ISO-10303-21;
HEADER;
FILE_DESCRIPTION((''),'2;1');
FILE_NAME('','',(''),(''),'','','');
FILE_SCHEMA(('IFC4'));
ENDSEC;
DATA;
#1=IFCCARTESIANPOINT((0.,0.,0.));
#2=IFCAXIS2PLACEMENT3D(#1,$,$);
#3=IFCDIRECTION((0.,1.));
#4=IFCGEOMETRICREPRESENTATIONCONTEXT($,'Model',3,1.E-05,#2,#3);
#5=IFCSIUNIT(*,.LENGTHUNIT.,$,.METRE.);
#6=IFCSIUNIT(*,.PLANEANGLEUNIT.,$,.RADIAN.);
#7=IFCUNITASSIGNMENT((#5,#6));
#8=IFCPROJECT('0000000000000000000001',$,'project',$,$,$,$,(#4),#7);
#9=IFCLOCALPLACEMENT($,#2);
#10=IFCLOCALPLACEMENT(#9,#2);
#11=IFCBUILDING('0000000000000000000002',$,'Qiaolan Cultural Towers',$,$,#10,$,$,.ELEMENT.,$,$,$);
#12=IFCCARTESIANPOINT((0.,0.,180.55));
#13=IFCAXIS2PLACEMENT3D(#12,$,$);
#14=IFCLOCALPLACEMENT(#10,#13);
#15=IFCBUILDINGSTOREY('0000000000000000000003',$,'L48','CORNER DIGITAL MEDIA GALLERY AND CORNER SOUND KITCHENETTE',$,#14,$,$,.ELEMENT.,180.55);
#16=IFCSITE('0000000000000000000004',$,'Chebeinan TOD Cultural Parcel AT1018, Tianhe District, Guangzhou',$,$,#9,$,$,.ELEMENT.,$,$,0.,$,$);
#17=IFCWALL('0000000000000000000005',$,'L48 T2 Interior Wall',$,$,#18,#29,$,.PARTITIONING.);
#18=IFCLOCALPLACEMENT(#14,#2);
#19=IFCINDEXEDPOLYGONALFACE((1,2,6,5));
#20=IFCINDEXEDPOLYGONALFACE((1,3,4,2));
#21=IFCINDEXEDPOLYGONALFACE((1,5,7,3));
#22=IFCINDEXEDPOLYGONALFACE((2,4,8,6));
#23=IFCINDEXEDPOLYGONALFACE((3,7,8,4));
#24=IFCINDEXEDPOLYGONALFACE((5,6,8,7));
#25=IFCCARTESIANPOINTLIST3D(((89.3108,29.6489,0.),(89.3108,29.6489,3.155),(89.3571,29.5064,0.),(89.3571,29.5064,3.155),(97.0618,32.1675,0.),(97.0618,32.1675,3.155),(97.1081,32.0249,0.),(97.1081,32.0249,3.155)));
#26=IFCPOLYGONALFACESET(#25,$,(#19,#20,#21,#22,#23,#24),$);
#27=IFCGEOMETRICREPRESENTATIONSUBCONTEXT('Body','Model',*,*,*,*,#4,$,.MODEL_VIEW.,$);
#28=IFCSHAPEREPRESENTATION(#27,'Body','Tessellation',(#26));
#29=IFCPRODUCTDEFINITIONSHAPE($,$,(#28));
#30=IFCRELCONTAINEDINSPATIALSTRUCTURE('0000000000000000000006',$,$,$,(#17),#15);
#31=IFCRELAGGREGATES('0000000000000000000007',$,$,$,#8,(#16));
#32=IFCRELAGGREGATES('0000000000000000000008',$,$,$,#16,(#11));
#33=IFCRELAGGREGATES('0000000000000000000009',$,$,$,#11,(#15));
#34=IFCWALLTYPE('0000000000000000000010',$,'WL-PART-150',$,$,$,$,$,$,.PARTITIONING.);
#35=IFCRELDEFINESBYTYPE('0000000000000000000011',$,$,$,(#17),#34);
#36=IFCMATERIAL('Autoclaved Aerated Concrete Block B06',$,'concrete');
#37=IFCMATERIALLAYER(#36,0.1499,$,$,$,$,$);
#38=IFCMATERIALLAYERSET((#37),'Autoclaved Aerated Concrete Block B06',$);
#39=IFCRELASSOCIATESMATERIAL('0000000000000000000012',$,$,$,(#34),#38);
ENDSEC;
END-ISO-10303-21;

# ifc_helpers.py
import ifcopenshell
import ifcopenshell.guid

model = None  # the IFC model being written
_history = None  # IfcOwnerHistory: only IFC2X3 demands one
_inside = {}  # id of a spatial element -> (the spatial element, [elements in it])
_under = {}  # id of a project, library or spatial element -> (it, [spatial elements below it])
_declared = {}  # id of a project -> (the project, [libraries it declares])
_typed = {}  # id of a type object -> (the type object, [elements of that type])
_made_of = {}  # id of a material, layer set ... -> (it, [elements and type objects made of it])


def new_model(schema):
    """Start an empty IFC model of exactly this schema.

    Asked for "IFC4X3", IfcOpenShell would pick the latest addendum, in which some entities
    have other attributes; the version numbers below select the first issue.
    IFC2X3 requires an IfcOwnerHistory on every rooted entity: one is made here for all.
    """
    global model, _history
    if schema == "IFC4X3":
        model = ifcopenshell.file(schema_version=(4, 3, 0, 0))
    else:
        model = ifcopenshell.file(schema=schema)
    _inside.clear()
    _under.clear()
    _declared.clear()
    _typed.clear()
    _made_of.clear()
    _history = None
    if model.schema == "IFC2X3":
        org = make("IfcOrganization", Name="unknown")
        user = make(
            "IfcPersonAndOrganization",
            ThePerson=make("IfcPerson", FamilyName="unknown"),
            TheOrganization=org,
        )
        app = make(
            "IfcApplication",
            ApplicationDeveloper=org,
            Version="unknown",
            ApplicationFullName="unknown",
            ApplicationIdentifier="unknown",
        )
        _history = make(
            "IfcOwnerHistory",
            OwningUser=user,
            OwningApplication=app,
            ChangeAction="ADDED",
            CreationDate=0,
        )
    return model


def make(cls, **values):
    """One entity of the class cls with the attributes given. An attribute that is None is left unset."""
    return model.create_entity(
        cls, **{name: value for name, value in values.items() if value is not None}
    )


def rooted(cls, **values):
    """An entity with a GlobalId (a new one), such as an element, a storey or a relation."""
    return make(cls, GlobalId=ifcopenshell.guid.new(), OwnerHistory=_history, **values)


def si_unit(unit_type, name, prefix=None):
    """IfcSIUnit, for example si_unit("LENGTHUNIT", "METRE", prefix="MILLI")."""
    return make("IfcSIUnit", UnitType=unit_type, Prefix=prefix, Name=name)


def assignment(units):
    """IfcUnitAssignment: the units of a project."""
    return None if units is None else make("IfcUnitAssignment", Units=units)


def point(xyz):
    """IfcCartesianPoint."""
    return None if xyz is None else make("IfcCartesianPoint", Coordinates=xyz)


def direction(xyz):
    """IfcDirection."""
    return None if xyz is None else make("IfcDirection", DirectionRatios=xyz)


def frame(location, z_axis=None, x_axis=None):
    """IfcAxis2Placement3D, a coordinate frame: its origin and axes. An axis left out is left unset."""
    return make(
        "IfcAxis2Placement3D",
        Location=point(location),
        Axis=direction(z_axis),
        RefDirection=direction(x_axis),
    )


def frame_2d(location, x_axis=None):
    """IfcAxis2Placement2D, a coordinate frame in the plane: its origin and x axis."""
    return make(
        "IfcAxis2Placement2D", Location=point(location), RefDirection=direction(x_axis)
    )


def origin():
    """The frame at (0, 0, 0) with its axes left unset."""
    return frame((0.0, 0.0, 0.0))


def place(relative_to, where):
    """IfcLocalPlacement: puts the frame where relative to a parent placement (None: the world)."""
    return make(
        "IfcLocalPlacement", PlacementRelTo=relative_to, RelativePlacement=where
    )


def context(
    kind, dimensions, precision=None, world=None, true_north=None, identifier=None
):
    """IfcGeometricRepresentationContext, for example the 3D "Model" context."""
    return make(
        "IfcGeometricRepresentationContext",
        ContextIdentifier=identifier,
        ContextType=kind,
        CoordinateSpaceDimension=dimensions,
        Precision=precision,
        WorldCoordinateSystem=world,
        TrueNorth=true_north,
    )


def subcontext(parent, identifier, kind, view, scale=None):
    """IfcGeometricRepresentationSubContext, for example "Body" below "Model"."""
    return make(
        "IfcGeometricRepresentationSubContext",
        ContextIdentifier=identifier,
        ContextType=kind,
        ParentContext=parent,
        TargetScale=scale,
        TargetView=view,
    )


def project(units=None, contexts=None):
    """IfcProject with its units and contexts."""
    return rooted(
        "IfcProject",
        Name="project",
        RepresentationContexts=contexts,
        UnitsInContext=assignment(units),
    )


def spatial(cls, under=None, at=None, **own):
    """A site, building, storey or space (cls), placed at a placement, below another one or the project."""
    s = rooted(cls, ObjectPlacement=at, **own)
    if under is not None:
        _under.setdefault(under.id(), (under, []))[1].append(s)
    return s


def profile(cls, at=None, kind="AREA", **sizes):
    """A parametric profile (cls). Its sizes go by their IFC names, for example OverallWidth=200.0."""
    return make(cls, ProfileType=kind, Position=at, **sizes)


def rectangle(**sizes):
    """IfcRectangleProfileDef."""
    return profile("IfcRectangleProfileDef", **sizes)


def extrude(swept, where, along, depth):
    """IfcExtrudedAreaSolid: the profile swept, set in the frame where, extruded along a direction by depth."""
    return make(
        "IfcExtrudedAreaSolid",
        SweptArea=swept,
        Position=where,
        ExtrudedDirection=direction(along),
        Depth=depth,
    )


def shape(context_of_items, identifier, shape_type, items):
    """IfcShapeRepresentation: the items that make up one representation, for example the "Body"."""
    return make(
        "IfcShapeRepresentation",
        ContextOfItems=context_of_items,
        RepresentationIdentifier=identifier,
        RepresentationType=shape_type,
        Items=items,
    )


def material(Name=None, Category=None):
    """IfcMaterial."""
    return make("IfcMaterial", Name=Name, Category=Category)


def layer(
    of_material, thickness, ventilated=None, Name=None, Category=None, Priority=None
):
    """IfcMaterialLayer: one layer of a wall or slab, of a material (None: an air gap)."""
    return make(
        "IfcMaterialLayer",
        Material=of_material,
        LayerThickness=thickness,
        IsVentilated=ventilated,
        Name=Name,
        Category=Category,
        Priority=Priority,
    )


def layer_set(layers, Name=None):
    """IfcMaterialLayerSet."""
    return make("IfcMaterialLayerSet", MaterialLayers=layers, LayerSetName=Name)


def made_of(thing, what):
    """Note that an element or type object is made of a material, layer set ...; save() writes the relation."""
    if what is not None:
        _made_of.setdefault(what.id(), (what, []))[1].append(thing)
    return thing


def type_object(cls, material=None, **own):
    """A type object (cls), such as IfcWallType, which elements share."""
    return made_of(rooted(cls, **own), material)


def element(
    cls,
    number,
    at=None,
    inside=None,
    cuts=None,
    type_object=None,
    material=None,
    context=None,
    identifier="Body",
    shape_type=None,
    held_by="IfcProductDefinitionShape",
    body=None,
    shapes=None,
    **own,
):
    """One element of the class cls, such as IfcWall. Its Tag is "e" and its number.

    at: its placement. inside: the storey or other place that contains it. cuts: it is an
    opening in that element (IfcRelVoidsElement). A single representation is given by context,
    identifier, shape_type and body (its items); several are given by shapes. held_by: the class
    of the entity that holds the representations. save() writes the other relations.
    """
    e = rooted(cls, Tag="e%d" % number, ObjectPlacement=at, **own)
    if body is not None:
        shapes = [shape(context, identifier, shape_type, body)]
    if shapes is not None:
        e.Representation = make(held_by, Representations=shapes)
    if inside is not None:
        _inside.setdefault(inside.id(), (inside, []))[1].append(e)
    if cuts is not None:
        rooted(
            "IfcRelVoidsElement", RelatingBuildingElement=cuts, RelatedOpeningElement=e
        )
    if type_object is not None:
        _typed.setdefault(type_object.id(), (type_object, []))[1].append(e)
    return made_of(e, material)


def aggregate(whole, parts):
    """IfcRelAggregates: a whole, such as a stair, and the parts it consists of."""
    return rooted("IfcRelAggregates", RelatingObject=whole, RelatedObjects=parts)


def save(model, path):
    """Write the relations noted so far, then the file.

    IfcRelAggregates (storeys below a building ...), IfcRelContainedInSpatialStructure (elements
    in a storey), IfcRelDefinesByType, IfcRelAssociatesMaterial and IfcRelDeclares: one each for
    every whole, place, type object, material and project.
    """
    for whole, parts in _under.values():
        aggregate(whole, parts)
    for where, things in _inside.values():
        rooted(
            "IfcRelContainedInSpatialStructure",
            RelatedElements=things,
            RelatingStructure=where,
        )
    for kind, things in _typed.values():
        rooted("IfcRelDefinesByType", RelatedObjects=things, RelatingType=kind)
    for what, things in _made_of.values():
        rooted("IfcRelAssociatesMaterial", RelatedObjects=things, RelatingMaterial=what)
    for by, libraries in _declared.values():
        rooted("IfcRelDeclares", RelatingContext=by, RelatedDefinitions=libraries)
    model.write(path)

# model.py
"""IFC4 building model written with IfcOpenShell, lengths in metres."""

from ifc_helpers import new_model, si_unit, direction, frame, frame_2d, origin, place, context, subcontext, project, spatial, rectangle, extrude, material, layer, layer_set, type_object, element, save


model = new_model("IFC4")

# Units and contexts
model_context = context("Model", 3, precision=1e-05, world=origin(), true_north=direction((0.0, 1.0)))
body_context = subcontext(model_context, "Body", "Model", "MODEL_VIEW")
ifc_project = project(units=[si_unit("LENGTHUNIT", "METRE"), si_unit("PLANEANGLEUNIT", "RADIAN")], contexts=[model_context])

# Site, building, storey
site_placement = place(None, origin())
site = spatial("IfcSite", under=ifc_project, at=site_placement, Name="Chebeinan TOD Cultural Parcel AT1018, Tianhe District, Guangzhou", CompositionType="ELEMENT", RefElevation=0.0)
building_placement = place(site_placement, origin())
building = spatial("IfcBuilding", under=site, at=building_placement, Name="Qiaolan Cultural Towers", CompositionType="ELEMENT")
storey_placement = place(building_placement, frame((0.0, 0.0, 180.55)))
storey = spatial("IfcBuildingStorey", under=building, at=storey_placement, Name="L48", Description="CORNER DIGITAL MEDIA GALLERY AND CORNER SOUND KITCHENETTE", CompositionType="ELEMENT", Elevation=180.55)

# Shared definitions
ifc_material_1 = material(Name="Autoclaved Aerated Concrete Block B06", Category="concrete")
ifc_layer_1 = layer(ifc_material_1, 0.1499)
ifc_layer_set_1 = layer_set([ifc_layer_1], Name="Autoclaved Aerated Concrete Block B06")
wall_type_1 = type_object("IfcWallType", Name="WL-PART-150", PredefinedType="PARTITIONING", material=ifc_layer_set_1)

# Wall
wall_1_placement = place(storey_placement, frame((89.334, 29.5776, 0.0), z_axis=(0.0, 0.0, 1.0), x_axis=(0.951053, 0.309029, 0.0)))
element("IfcWall", 1, at=wall_1_placement, inside=storey, type_object=wall_type_1, Name="L48 T2 Interior Wall", PredefinedType="PARTITIONING", context=body_context, shape_type="SweptSolid", body=[
    extrude(rectangle(XDim=8.1499, YDim=0.1499, at=frame_2d((4.075, 0.0))), origin(), (0.0, 0.0, 1.0), 3.155),
])

save(model, "model.ifc")
